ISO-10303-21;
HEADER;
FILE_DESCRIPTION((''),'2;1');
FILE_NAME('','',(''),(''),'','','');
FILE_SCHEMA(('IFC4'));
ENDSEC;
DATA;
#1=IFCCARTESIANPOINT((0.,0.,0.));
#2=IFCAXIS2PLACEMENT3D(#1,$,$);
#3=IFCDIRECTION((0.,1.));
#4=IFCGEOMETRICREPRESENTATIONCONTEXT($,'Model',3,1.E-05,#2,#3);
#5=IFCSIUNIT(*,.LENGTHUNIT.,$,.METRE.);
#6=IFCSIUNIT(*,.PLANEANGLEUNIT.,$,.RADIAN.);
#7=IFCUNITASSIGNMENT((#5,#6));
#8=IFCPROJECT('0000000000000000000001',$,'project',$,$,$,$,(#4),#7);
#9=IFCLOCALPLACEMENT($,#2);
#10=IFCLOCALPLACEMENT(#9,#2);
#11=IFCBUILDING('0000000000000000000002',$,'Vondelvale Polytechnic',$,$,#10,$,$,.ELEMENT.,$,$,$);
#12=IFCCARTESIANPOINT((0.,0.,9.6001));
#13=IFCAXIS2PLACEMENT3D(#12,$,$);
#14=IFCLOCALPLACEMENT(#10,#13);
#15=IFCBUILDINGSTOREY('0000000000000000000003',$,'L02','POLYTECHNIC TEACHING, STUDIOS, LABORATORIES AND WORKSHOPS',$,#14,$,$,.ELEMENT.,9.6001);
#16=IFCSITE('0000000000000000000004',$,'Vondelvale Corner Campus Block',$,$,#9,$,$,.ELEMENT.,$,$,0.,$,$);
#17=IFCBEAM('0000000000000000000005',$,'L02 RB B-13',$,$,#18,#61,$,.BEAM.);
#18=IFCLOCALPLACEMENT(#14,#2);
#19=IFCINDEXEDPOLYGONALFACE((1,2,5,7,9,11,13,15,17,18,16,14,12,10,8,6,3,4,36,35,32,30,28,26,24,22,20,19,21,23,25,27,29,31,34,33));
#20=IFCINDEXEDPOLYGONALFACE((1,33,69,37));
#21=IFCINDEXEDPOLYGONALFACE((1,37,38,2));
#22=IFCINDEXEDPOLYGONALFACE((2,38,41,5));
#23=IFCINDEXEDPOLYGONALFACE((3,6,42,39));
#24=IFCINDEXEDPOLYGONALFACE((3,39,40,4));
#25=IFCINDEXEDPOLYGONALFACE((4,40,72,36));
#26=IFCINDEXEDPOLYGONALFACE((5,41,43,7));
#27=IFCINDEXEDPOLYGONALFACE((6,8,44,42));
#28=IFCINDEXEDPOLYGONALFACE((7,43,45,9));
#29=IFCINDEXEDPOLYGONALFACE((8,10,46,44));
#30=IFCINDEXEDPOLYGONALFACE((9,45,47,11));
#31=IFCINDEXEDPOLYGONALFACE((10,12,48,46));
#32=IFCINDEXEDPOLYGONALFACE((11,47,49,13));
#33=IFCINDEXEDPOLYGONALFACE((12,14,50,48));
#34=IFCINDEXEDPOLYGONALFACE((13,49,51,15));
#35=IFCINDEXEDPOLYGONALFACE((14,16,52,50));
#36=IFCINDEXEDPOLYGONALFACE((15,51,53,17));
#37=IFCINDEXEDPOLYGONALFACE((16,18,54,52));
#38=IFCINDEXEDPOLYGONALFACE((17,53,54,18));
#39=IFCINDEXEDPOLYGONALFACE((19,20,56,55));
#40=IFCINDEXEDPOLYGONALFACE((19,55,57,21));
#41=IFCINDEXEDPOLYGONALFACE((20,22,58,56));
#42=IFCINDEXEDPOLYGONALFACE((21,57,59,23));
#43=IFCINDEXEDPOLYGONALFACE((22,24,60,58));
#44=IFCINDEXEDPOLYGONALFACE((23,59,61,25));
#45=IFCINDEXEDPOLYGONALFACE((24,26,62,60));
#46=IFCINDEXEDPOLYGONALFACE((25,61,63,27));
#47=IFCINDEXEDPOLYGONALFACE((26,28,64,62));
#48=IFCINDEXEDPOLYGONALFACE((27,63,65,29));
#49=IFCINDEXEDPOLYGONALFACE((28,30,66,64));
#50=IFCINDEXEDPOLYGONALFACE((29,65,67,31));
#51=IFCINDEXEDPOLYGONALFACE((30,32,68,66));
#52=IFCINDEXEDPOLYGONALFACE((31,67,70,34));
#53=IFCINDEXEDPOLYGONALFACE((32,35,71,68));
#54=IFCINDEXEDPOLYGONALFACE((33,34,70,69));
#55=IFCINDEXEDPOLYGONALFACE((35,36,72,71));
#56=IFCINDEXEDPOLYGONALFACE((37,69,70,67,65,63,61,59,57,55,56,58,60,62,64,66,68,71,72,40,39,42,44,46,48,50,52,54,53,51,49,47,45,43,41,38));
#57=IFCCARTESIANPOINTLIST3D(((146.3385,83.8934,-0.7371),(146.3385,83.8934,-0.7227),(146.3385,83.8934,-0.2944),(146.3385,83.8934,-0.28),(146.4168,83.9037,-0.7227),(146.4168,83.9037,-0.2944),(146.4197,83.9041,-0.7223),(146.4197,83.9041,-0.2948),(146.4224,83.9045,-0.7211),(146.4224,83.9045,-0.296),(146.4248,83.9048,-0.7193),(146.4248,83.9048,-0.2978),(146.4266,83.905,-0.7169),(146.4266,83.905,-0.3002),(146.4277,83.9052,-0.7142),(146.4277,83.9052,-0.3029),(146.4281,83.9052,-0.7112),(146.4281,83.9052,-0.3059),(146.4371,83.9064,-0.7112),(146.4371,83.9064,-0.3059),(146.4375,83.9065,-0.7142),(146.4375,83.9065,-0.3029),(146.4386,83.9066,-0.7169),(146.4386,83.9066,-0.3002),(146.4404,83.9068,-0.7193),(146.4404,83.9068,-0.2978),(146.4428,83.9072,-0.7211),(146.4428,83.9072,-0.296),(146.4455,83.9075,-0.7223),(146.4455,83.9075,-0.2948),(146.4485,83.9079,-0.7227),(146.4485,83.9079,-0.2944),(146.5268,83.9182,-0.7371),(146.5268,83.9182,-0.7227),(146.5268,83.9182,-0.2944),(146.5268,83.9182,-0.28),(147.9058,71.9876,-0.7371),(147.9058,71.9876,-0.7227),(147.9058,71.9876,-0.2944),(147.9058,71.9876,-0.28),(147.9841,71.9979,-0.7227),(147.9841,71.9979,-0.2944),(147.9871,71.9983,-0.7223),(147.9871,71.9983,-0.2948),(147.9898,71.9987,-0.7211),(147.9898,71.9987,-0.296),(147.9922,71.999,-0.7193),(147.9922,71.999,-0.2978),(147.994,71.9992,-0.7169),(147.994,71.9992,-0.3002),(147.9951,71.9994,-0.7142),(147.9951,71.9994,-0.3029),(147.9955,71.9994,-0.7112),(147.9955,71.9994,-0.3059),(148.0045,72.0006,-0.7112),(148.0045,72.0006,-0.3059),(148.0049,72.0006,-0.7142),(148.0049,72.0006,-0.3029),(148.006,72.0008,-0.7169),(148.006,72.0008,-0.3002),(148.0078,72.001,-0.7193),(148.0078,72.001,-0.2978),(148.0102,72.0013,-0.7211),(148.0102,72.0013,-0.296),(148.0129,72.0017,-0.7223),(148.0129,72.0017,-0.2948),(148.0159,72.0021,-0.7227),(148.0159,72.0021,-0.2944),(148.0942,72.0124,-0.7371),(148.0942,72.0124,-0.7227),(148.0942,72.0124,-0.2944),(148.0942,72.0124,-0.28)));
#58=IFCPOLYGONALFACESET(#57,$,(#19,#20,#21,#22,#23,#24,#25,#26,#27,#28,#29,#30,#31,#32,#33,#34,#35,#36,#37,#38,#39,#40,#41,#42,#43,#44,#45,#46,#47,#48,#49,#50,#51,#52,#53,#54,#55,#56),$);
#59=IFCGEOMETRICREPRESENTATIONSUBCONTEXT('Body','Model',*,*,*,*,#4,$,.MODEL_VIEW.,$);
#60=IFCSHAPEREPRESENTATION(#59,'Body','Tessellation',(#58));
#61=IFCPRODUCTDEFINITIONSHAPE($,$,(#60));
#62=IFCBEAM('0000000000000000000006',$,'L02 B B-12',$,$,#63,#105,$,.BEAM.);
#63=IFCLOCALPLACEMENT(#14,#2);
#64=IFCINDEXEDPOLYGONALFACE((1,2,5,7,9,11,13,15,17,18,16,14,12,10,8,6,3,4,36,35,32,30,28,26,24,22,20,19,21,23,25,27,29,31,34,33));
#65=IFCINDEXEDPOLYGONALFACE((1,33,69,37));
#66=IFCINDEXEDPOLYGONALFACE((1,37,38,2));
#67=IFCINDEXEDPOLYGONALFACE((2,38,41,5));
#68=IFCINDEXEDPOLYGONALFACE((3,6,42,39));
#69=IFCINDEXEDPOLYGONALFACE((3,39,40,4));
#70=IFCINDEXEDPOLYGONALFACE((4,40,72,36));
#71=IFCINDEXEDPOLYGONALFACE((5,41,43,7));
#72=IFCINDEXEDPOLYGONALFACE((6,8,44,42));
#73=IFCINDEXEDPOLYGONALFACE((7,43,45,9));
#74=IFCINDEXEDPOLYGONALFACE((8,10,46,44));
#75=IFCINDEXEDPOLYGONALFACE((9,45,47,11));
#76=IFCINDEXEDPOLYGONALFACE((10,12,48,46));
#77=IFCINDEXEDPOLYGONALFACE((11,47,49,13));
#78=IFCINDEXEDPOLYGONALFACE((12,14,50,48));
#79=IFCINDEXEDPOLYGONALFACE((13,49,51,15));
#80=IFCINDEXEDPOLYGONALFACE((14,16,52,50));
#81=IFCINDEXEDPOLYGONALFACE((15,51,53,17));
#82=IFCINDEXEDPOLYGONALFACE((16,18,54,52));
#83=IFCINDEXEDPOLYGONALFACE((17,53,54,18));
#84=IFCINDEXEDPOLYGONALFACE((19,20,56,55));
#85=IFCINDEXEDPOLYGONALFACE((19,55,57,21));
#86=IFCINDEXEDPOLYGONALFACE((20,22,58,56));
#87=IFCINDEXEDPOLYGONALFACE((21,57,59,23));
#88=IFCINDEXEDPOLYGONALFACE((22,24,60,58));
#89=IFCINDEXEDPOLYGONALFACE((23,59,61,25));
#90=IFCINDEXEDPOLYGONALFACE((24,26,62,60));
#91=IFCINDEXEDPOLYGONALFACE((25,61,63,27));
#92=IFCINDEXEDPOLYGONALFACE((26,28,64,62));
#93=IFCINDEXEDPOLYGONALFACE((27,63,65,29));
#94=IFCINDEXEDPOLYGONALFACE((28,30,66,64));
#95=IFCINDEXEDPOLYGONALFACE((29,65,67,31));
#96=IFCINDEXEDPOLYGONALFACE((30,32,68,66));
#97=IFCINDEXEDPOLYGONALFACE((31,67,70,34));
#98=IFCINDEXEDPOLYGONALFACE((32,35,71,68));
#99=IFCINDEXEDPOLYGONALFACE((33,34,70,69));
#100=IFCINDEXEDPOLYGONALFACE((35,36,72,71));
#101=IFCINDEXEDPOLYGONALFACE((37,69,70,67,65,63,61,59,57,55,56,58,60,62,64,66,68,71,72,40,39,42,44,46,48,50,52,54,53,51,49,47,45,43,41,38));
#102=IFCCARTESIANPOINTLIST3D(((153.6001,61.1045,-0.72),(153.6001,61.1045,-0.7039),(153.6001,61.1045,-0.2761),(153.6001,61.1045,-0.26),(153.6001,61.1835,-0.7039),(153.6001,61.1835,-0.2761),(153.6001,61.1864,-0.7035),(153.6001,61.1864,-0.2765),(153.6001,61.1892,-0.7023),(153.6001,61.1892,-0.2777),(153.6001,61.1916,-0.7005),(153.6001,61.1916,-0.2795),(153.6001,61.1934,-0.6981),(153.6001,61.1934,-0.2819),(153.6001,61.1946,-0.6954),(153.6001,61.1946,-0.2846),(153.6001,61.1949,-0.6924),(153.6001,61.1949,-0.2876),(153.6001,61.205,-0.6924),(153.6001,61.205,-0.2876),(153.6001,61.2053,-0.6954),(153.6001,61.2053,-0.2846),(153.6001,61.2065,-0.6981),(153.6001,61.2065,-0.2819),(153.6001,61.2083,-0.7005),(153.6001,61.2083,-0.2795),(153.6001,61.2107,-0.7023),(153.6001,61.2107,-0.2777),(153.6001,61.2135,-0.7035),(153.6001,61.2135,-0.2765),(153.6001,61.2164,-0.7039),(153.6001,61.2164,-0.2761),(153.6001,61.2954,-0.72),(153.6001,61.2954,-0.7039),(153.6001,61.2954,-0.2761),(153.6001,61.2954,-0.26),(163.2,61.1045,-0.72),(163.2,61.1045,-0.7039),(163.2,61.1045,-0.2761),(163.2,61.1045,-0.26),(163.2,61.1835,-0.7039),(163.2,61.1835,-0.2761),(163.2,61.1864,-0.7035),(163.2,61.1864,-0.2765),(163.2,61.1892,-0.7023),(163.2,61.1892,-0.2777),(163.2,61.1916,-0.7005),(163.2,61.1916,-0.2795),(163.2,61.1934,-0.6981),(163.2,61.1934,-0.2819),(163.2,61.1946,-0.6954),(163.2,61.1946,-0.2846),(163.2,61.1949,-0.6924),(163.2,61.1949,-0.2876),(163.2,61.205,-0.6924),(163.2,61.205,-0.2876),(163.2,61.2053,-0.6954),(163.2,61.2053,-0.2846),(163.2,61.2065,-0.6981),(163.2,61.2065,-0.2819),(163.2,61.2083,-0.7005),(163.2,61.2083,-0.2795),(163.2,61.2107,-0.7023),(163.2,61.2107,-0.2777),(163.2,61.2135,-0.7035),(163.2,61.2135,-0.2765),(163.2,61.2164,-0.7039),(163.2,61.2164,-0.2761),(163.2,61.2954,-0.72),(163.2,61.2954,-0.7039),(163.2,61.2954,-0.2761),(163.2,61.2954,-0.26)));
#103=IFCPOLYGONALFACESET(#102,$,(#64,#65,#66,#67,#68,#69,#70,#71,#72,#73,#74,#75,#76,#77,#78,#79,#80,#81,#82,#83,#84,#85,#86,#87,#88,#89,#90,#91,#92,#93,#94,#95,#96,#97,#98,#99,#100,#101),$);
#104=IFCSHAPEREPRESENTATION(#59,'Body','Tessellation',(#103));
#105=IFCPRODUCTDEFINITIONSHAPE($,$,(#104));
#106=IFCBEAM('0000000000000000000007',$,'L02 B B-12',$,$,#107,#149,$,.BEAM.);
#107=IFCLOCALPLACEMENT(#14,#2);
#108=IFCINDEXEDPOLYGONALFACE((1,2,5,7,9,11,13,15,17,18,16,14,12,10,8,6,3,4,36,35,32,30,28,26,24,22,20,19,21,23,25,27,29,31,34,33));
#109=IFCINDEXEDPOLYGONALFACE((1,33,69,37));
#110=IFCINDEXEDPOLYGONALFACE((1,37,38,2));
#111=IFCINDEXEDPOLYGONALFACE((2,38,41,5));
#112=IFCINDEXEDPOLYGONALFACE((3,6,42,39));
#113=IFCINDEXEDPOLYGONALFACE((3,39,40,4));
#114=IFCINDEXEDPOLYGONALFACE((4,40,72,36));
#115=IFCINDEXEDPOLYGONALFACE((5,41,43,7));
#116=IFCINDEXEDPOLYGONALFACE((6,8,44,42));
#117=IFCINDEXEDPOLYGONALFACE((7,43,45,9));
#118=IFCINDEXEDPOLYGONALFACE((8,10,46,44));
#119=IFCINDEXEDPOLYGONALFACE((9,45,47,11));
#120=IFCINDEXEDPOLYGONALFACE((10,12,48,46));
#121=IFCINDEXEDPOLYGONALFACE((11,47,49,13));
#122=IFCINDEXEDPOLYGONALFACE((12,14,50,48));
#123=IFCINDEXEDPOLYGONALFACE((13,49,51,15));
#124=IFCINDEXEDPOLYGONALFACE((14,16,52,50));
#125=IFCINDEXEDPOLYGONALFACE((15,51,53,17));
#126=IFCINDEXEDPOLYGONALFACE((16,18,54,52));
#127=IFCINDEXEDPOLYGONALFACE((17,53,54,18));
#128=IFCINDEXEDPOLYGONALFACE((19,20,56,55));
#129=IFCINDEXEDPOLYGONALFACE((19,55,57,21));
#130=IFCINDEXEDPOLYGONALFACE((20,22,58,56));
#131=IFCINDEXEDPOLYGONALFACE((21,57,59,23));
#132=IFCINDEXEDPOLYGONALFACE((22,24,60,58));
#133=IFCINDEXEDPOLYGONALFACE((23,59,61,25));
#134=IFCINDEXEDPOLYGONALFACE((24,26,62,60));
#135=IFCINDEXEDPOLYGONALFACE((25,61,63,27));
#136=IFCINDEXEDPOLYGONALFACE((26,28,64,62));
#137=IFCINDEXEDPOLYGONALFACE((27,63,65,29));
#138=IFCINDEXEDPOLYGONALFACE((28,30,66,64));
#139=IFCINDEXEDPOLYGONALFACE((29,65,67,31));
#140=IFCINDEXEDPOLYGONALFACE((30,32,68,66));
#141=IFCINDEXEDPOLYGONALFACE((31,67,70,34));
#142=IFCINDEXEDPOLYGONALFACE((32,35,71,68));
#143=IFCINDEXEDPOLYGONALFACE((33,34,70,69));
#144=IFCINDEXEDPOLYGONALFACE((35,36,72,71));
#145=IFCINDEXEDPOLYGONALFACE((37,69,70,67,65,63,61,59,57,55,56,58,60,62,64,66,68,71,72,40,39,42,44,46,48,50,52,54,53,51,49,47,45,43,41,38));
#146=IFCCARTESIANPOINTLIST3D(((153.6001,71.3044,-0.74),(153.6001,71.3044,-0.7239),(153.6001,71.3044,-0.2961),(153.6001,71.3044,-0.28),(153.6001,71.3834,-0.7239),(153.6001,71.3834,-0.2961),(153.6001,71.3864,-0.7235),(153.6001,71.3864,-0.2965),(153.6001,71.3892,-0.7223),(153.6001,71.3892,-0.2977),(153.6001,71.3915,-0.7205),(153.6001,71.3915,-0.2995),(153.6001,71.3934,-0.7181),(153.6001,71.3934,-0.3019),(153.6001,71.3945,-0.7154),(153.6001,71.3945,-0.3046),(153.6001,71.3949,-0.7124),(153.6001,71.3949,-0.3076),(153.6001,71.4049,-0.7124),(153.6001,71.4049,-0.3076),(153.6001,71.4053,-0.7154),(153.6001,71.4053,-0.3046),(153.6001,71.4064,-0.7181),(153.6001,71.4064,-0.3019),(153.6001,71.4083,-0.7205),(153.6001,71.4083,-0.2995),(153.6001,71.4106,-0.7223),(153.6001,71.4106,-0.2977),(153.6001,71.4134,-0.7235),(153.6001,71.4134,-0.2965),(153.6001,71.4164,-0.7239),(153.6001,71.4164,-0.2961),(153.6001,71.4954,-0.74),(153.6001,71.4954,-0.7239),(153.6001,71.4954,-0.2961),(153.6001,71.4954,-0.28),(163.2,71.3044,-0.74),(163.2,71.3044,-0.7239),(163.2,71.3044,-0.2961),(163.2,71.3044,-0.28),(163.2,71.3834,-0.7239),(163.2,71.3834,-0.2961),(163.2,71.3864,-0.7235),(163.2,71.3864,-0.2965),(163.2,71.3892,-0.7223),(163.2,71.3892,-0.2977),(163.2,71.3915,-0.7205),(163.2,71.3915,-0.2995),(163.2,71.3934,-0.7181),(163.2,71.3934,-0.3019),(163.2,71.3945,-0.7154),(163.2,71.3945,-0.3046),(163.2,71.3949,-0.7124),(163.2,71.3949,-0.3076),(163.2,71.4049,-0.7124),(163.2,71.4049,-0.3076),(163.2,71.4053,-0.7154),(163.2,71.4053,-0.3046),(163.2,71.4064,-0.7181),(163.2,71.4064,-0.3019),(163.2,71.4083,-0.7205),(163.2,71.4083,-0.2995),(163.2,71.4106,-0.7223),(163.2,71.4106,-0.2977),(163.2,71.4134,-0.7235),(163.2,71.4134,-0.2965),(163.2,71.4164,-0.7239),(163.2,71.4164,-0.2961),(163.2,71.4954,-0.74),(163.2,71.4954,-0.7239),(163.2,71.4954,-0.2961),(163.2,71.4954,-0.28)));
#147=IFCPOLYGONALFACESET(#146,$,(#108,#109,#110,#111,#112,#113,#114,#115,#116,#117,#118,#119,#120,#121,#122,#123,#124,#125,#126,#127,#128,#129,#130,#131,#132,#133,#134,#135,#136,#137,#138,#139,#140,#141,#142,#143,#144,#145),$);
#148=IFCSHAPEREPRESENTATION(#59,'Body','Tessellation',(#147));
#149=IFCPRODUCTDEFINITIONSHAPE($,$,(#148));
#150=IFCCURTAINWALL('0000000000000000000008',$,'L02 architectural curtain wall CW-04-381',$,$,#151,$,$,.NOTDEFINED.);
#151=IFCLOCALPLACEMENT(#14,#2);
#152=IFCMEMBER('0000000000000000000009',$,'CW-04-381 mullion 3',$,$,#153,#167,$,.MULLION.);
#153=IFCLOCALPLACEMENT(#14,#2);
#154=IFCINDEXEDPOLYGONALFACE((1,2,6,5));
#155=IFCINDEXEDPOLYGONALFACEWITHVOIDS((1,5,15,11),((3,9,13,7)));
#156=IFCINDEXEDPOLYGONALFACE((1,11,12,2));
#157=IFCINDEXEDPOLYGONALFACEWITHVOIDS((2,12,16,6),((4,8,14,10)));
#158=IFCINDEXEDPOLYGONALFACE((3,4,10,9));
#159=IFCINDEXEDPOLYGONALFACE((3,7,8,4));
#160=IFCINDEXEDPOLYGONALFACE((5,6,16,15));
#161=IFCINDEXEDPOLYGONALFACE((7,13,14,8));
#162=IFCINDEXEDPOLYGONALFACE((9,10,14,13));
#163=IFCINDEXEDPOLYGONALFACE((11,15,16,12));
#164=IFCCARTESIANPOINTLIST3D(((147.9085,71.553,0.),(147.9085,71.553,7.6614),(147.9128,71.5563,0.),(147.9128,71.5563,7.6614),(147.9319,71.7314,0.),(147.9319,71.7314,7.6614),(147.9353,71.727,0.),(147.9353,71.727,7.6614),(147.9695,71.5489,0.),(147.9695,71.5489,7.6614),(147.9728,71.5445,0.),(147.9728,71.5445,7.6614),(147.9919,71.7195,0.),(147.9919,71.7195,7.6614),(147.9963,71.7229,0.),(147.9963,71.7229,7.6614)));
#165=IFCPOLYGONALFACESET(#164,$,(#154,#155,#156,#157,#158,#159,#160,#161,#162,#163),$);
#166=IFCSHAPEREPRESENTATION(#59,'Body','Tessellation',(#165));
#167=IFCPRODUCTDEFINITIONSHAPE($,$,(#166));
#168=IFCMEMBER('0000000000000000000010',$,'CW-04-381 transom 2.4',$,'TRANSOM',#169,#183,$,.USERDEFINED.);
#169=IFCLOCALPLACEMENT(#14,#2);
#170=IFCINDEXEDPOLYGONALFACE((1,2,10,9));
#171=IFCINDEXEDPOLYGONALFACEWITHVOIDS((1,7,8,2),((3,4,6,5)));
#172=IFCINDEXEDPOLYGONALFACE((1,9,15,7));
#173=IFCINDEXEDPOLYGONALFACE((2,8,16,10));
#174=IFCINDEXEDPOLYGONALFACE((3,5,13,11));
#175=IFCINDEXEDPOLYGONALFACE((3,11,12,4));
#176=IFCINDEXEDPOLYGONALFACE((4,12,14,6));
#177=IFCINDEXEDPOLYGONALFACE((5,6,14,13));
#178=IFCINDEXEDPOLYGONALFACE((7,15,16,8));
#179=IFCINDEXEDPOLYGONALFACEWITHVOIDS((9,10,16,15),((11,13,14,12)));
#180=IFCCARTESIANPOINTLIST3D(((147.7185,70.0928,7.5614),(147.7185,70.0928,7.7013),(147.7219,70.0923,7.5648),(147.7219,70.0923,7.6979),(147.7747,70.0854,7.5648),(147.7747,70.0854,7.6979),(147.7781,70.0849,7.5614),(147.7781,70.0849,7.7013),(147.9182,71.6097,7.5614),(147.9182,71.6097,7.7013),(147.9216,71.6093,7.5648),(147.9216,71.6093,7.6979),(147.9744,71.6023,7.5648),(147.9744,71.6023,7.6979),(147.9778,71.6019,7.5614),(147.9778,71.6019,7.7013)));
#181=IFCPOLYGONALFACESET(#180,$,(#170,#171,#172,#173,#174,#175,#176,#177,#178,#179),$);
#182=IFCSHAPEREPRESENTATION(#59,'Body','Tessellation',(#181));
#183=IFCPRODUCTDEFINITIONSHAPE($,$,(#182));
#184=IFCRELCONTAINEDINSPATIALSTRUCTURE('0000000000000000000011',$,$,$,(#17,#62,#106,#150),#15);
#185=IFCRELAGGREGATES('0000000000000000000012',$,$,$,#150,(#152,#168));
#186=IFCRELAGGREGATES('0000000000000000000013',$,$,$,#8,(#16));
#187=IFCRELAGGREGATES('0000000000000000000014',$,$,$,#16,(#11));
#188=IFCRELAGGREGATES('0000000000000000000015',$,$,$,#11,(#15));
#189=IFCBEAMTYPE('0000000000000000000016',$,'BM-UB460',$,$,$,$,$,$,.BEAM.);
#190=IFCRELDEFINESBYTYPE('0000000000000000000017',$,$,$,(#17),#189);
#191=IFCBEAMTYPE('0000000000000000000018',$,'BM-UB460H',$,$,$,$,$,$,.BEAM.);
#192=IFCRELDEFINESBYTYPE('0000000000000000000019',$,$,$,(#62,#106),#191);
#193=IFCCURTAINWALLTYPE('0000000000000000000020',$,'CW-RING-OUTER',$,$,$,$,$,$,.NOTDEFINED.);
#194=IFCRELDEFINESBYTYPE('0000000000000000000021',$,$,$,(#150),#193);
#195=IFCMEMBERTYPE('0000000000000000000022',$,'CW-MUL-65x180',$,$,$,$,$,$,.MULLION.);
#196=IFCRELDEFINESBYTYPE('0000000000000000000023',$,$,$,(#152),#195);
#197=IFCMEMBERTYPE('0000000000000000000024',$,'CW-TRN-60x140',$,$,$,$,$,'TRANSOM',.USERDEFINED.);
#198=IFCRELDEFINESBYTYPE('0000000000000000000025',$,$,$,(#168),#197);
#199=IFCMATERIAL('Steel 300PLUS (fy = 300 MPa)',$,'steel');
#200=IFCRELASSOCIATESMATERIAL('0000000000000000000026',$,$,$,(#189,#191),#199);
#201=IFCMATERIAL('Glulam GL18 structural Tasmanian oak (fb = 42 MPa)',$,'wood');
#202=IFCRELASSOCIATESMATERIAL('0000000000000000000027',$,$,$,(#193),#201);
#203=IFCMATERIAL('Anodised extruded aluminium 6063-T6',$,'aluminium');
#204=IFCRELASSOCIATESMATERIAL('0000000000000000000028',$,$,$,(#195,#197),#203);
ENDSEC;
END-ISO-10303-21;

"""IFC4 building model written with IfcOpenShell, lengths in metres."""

from ifc_helpers import new_model, si_unit, direction, frame, origin, origin_2d, place, context, subcontext, project, spatial, hollow_rectangle, i_section, extrude, material, material_profile, profile_set, type_object, element, aggregate, save


model = new_model("IFC4")

# Units and contexts
model_context = context("Model", 3, precision=1e-05, world=origin(), true_north=direction((0.0, 1.0)))
body_context = subcontext(model_context, "Body", "Model", "MODEL_VIEW")
ifc_project = project(units=[si_unit("LENGTHUNIT", "METRE"), si_unit("PLANEANGLEUNIT", "RADIAN")], contexts=[model_context])

# Site, building, storey
site_placement = place(None, origin())
site = spatial("IfcSite", under=ifc_project, at=site_placement, Name="Vondelvale Corner Campus Block", CompositionType="ELEMENT", RefElevation=0.0)
building_placement = place(site_placement, origin())
building = spatial("IfcBuilding", under=site, at=building_placement, Name="Vondelvale Polytechnic", CompositionType="ELEMENT")
storey_placement = place(building_placement, frame((0.0, 0.0, 9.6001)))
storey = spatial("IfcBuildingStorey", under=building, at=storey_placement, Name="L02", Description="POLYTECHNIC TEACHING, STUDIOS, LABORATORIES AND WORKSHOPS", CompositionType="ELEMENT", Elevation=9.6001)

# Shared definitions
ifc_material_1 = material(Name="Steel 300PLUS (fy = 300 MPa)", Category="steel")

# Beams
ifc_material_profile_1 = material_profile(ifc_material_1, i_section(OverallWidth=0.1899, OverallDepth=0.457, WebThickness=0.009, FlangeThickness=0.0144, FilletRadius=0.0115, at=origin_2d()), Name="460UB74.6")
ifc_profile_set_1 = profile_set([ifc_material_profile_1], Name="Steel 300PLUS (fy = 300 MPa)")
beam_type_1 = type_object("IfcBeamType", Name="BM-UB460", PredefinedType="BEAM", material=ifc_profile_set_1)
beam_1_placement = place(storey_placement, frame((148.0, 72.0, -0.5085), z_axis=(-0.130523, 0.991445, 0.0), x_axis=(-0.991445, -0.130523, 0.0)))
element("IfcBeam", 1, at=beam_1_placement, inside=storey, type_object=beam_type_1, Name="L02 RB B-13", PredefinedType="BEAM", context=body_context, shape_type="SweptSolid", body=[
    extrude(i_section(OverallWidth=0.1899, OverallDepth=0.457, WebThickness=0.009, FlangeThickness=0.0144, FilletRadius=0.0115, at=origin_2d()), origin(), (0.0, 0.0, 1.0), 12.0085),
])
ifc_material_profile_2 = material_profile(ifc_material_1, i_section(OverallWidth=0.1909, OverallDepth=0.46, WebThickness=0.01, FlangeThickness=0.0161, FilletRadius=0.0115, at=origin_2d()), Name="460UB82.1")
ifc_profile_set_2 = profile_set([ifc_material_profile_2], Name="Steel 300PLUS (fy = 300 MPa)")
beam_type_2 = type_object("IfcBeamType", Name="BM-UB460H", PredefinedType="BEAM", material=ifc_profile_set_2)
for number, where, z_axis, x_axis, name in (
    (2, (153.6001, 61.2, -0.49), (1.0, 0.0, 0.0), (0.0, 1.0, 0.0), "L02 B B-12"),
    (3, (153.6001, 71.3999, -0.51), (1.0, 0.0, 0.0), (0.0, 1.0, 0.0), "L02 B B-12"),
):
    element("IfcBeam", number, at=place(storey_placement, frame(where, z_axis=z_axis, x_axis=x_axis)), inside=storey, type_object=beam_type_2, Name=name, PredefinedType="BEAM", context=body_context, shape_type="SweptSolid", body=[
        extrude(i_section(OverallWidth=0.1909, OverallDepth=0.46, WebThickness=0.01, FlangeThickness=0.0161, FilletRadius=0.0115, at=origin_2d()), origin(), (0.0, 0.0, 1.0), 9.5999),
    ])

# Curtain wall, members
ifc_material_2 = material(Name="Glulam GL18 structural Tasmanian oak (fb = 42 MPa)", Category="wood")
curtain_wall_type = type_object("IfcCurtainWallType", Name="CW-RING-OUTER", PredefinedType="NOTDEFINED", material=ifc_material_2)
curtain_wall_placement = place(storey_placement, origin())
curtain_wall = element("IfcCurtainWall", 4, at=curtain_wall_placement, inside=storey, type_object=curtain_wall_type, Name="L02 architectural curtain wall CW-04-381", PredefinedType="NOTDEFINED")
ifc_material_3 = material(Name="Anodised extruded aluminium 6063-T6", Category="aluminium")
ifc_material_profile_3 = material_profile(ifc_material_3, hollow_rectangle(XDim=0.0649, YDim=0.1799, WallThickness=0.0039, at=origin_2d()), Name="CW-MUL-180x65")
ifc_profile_set_3 = profile_set([ifc_material_profile_3], Name="Anodised extruded aluminium 6063-T6")
member_type_1 = type_object("IfcMemberType", Name="CW-MUL-65x180", PredefinedType="MULLION", material=ifc_profile_set_3)
member_1_placement = place(storey_placement, frame((147.9524, 71.6379, 0.0), z_axis=(0.0, 0.0, 1.0), x_axis=(-0.991443, 0.13054, 0.0)))
member_1 = element("IfcMember", 5, at=member_1_placement, type_object=member_type_1, Name="CW-04-381 mullion 3", PredefinedType="MULLION", context=body_context, shape_type="SweptSolid", body=[
    extrude(hollow_rectangle(XDim=0.0649, YDim=0.1799, WallThickness=0.0039, at=origin_2d()), origin(), (0.0, 0.0, 1.0), 7.6614),
])
ifc_material_profile_4 = material_profile(ifc_material_3, hollow_rectangle(XDim=0.0601, YDim=0.1399, WallThickness=0.0034, at=origin_2d()), Name="CW-TRN-140x60")
ifc_profile_set_4 = profile_set([ifc_material_profile_4], Name="Anodised extruded aluminium 6063-T6")
member_type_2 = type_object("IfcMemberType", Name="CW-TRN-60x140", ElementType="TRANSOM", PredefinedType="USERDEFINED", material=ifc_profile_set_4)
member_2_placement = place(storey_placement, frame((147.7483, 70.0889, 7.6313), z_axis=(0.130533, 0.991444, 0.0), x_axis=(-0.991444, 0.130533, 0.0)))
member_2 = element("IfcMember", 6, at=member_2_placement, type_object=member_type_2, Name="CW-04-381 transom 2.4", ObjectType="TRANSOM", PredefinedType="USERDEFINED", context=body_context, shape_type="SweptSolid", body=[
    extrude(hollow_rectangle(XDim=0.0601, YDim=0.1399, WallThickness=0.0034, at=origin_2d()), origin(), (0.0, 0.0, 1.0), 1.53),
])
aggregate(curtain_wall, [member_1, member_2])

save(model, "model.ifc")
